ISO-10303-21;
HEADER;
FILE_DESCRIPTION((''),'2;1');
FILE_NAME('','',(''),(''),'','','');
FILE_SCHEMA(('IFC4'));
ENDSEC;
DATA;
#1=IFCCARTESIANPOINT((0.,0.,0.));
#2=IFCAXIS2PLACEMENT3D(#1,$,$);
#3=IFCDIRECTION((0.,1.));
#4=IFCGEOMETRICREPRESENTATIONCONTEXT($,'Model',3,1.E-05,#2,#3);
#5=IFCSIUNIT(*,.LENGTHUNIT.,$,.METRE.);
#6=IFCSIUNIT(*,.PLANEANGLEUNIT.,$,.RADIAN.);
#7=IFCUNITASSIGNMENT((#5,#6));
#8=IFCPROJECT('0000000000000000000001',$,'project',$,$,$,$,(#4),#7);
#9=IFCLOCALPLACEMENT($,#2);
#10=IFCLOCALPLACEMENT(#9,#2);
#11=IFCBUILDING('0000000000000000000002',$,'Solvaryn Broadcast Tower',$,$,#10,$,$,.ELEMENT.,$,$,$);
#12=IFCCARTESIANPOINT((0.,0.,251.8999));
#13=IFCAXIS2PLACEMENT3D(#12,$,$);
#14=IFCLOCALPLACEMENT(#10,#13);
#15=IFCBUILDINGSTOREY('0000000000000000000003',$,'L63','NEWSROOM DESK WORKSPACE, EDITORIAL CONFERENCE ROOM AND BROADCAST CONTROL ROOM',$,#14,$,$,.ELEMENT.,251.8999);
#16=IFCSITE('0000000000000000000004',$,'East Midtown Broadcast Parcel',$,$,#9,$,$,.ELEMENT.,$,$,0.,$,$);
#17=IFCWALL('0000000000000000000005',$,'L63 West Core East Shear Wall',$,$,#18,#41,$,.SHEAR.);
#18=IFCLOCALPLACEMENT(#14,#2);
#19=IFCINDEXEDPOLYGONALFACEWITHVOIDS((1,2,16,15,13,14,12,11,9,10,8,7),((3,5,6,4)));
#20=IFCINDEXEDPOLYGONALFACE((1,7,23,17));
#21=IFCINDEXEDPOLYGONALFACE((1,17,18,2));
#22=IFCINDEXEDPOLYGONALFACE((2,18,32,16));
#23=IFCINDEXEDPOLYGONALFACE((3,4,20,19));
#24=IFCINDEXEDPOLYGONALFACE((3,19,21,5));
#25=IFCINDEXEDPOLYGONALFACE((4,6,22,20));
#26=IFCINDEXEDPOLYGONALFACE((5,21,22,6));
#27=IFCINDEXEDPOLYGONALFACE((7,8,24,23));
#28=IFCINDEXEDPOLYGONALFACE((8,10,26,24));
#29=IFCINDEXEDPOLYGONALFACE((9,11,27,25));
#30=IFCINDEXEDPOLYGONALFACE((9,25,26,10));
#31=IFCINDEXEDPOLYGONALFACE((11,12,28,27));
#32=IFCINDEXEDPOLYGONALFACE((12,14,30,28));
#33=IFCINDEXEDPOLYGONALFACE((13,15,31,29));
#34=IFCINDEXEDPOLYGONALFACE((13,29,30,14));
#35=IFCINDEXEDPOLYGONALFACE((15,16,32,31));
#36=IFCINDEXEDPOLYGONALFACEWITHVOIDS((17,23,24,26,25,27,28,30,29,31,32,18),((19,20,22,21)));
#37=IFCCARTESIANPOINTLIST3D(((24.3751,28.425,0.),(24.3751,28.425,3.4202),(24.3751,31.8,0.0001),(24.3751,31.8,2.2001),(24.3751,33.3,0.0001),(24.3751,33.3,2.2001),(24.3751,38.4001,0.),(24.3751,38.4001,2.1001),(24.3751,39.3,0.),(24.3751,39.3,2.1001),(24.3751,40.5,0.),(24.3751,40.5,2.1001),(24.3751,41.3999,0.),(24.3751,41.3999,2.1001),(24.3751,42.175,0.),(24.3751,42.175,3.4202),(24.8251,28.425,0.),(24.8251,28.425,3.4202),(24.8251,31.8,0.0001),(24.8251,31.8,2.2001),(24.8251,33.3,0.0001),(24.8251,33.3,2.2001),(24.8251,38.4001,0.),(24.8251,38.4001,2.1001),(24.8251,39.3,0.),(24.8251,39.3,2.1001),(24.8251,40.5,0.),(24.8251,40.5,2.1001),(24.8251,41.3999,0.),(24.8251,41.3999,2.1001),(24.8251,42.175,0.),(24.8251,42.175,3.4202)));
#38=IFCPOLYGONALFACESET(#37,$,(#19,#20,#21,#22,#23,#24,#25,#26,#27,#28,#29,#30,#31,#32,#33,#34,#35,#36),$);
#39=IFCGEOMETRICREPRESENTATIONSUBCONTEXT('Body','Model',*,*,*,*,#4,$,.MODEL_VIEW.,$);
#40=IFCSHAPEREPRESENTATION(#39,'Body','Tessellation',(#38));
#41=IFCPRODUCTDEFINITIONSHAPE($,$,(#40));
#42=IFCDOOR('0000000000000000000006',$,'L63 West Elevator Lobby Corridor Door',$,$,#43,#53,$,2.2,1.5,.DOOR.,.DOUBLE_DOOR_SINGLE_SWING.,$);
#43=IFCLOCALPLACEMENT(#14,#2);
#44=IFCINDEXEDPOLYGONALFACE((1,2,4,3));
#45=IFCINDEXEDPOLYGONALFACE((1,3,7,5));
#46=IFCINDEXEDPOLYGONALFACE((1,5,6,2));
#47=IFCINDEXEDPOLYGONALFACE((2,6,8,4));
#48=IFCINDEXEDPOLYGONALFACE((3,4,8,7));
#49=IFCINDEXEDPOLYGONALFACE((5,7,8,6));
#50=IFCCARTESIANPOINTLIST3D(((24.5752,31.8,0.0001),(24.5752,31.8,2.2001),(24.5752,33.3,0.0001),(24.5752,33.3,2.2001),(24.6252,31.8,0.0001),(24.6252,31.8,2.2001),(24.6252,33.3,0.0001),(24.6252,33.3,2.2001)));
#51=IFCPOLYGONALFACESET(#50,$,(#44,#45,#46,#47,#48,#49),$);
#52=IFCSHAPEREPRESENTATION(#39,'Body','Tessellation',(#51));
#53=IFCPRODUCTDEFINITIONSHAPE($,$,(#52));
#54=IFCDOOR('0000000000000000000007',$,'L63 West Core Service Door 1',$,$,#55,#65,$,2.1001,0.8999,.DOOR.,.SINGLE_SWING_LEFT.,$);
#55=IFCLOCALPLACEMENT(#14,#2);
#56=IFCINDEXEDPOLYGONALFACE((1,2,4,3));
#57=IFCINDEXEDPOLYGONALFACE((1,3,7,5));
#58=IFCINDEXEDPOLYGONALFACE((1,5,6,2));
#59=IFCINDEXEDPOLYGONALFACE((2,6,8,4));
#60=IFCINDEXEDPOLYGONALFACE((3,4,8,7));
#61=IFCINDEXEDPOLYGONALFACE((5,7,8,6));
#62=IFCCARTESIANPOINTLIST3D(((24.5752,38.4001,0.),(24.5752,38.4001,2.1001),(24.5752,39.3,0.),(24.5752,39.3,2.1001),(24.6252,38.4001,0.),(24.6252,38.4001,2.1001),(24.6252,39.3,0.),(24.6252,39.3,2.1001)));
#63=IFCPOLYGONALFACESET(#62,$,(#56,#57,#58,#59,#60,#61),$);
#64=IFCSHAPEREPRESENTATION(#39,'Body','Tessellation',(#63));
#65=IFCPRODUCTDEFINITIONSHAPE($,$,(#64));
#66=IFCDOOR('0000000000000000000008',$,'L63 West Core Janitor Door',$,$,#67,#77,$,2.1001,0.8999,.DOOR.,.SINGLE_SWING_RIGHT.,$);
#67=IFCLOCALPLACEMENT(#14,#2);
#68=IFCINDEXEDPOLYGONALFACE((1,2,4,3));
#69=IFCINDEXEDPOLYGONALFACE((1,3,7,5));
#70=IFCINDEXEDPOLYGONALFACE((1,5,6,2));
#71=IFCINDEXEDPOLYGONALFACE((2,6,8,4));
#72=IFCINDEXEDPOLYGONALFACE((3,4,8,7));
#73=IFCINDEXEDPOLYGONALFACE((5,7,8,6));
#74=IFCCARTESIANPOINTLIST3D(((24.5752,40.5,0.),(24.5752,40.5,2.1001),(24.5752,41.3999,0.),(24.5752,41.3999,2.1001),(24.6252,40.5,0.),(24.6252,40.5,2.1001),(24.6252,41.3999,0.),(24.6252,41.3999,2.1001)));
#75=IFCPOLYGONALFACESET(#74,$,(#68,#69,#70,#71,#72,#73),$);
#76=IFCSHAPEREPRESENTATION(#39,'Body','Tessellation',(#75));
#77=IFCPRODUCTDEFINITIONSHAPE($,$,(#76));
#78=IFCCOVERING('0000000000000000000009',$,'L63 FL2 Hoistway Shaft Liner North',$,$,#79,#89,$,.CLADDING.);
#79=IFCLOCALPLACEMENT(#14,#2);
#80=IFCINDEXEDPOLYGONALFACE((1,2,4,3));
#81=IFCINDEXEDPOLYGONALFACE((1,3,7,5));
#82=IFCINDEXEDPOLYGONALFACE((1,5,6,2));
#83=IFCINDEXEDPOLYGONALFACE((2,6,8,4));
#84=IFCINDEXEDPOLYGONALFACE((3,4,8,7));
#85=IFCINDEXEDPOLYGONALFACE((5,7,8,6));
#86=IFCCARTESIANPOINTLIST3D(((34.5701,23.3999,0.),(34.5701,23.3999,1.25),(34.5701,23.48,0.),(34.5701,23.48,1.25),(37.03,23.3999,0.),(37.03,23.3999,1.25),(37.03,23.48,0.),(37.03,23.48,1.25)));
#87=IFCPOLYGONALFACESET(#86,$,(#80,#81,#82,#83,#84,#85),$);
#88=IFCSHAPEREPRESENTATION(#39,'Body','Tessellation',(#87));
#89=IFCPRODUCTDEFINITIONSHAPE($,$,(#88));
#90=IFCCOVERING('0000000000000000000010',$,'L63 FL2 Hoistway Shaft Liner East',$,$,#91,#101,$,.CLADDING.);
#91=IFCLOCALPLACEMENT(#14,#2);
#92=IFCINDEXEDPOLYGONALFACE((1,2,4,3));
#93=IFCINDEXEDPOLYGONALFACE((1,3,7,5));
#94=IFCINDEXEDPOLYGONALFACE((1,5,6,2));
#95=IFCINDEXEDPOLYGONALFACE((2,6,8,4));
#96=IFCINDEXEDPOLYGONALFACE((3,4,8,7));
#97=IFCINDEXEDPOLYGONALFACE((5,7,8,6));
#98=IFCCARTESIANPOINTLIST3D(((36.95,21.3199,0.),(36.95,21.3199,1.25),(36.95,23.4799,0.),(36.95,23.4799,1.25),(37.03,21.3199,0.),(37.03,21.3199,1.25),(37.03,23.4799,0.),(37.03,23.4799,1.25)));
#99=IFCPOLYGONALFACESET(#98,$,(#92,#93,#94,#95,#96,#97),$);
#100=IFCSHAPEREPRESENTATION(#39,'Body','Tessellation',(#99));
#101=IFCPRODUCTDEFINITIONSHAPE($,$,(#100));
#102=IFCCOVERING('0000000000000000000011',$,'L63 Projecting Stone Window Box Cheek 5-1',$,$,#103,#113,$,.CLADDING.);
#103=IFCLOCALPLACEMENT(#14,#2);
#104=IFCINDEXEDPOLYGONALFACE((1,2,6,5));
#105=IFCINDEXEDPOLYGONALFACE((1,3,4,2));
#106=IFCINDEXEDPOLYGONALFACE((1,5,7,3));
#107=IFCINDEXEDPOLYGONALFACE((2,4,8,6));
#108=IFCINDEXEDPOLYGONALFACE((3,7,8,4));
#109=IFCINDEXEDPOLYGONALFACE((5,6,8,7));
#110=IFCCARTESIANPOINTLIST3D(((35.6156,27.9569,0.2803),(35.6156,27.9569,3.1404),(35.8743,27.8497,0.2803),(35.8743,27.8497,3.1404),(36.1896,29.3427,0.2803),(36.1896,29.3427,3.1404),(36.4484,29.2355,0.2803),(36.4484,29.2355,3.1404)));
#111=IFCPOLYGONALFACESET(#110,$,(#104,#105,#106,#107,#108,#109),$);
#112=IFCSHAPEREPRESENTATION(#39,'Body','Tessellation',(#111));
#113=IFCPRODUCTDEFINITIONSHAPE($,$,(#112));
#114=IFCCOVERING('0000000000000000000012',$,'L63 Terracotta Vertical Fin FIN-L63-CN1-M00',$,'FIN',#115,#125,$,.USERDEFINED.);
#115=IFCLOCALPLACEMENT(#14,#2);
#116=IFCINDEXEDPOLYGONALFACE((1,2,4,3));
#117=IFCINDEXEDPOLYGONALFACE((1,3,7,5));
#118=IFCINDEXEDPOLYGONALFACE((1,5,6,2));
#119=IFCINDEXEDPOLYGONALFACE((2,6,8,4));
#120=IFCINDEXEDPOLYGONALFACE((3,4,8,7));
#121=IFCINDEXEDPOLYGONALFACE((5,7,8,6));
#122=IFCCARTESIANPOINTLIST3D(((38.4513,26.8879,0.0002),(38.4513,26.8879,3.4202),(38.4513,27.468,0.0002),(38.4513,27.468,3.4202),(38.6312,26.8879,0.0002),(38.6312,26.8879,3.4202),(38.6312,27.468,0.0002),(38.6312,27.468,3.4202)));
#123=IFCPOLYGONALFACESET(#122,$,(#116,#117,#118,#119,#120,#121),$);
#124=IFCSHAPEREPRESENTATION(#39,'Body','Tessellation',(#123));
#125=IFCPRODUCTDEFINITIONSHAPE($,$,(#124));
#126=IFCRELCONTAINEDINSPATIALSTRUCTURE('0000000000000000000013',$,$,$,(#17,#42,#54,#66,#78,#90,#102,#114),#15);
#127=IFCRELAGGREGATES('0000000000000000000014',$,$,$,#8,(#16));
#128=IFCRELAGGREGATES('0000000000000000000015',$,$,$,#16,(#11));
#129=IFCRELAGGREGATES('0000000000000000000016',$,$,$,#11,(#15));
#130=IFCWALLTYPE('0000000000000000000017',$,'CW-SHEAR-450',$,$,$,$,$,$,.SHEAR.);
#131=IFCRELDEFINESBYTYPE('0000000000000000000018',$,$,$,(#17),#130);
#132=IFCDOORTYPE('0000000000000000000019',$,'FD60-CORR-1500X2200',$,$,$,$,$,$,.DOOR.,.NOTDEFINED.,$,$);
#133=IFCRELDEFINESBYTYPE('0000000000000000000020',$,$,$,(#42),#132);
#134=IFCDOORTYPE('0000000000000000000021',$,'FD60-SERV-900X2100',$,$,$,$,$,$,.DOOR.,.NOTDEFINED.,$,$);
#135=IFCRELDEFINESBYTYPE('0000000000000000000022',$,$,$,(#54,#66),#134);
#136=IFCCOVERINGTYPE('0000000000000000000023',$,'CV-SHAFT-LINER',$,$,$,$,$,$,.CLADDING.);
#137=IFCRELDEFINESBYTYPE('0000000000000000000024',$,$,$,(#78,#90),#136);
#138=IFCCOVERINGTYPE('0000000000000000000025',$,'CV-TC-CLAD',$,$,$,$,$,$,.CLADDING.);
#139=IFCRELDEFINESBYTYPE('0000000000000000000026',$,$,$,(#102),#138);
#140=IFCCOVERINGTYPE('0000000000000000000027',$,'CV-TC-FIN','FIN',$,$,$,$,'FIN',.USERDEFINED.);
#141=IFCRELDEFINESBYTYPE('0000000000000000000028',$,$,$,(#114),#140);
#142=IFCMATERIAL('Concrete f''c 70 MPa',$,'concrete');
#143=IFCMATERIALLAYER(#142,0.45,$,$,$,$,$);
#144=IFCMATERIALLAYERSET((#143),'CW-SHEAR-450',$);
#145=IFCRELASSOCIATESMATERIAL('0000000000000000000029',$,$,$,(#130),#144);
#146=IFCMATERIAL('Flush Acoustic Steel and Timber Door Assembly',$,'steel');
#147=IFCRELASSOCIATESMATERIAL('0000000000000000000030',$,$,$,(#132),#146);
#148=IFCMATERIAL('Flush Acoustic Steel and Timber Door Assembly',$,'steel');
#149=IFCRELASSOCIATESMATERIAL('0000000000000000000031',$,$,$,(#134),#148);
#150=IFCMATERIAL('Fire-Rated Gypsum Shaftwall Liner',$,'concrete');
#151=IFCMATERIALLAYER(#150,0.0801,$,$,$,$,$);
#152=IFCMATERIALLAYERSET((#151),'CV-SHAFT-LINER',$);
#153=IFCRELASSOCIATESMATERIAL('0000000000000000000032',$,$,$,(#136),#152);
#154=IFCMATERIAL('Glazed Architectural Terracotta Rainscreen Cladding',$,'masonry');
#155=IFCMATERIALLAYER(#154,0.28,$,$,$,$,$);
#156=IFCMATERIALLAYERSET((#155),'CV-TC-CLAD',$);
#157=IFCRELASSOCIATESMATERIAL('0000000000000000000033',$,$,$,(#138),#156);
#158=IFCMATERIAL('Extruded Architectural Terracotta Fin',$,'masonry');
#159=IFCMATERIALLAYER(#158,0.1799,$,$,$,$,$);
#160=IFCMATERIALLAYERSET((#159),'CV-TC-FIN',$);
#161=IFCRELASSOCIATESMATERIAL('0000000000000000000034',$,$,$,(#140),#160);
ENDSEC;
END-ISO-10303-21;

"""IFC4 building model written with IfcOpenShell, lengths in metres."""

from ifc_helpers import new_model, si_unit, direction, frame, frame_2d, origin, origin_2d, place, context, subcontext, project, spatial, rectangle, extrude, material, layer, layer_set, type_object, element, fill, save


model = new_model("IFC4")

# Units and contexts
model_context = context("Model", 3, precision=1e-05, world=origin(), true_north=direction((0.0, 1.0)))
body_context = subcontext(model_context, "Body", "Model", "MODEL_VIEW")
ifc_project = project(units=[si_unit("LENGTHUNIT", "METRE"), si_unit("PLANEANGLEUNIT", "RADIAN")], contexts=[model_context])

# Site, building, storey
site_placement = place(None, origin())
site = spatial("IfcSite", under=ifc_project, at=site_placement, Name="East Midtown Broadcast Parcel", CompositionType="ELEMENT", RefElevation=0.0)
building_placement = place(site_placement, origin())
building = spatial("IfcBuilding", under=site, at=building_placement, Name="Solvaryn Broadcast Tower", CompositionType="ELEMENT")
storey_placement = place(building_placement, frame((0.0, 0.0, 251.8999)))
storey = spatial("IfcBuildingStorey", under=building, at=storey_placement, Name="L63", Description="NEWSROOM DESK WORKSPACE, EDITORIAL CONFERENCE ROOM AND BROADCAST CONTROL ROOM", CompositionType="ELEMENT", Elevation=251.8999)

# Wall, openings, doors
ifc_material_1 = material(Name="Concrete f'c 70 MPa", Category="concrete")
ifc_layer_1 = layer(ifc_material_1, 0.45)
ifc_layer_set_1 = layer_set([ifc_layer_1], Name="CW-SHEAR-450")
wall_type = type_object("IfcWallType", Name="CW-SHEAR-450", PredefinedType="SHEAR", material=ifc_layer_set_1)
wall_1_placement = place(storey_placement, frame((24.6001, 28.425, 0.0), z_axis=(0.0, 0.0, 1.0), x_axis=(0.0, 1.0, 0.0)))
wall_1 = element("IfcWall", 1, at=wall_1_placement, inside=storey, type_object=wall_type, Name="L63 West Core East Shear Wall", PredefinedType="SHEAR", context=body_context, shape_type="SweptSolid", body=[
    extrude(rectangle(XDim=13.75, YDim=0.45, at=frame_2d((6.875, 0.0))), origin(), (0.0, 0.0, 1.0), 3.4202),
])
opening_1_placement = place(wall_1_placement, frame((3.375, 0.0, 0.0)))
opening_1 = element("IfcOpeningElement", 2, at=opening_1_placement, cuts=wall_1, PredefinedType="OPENING", context=body_context, shape_type="SweptSolid", body=[
    extrude(rectangle(XDim=1.5, YDim=2.2, at=frame_2d((0.75, 1.1001))), frame((0.0, 0.2351, 0.0), z_axis=(0.0, -1.0, 0.0), x_axis=(1.0, 0.0, 0.0)), (0.0, 0.0, 1.0), 0.47),
])
opening_2_placement = place(wall_1_placement, frame((9.9751, 0.0, 0.0)))
opening_2 = element("IfcOpeningElement", 3, at=opening_2_placement, cuts=wall_1, PredefinedType="OPENING", context=body_context, shape_type="SweptSolid", body=[
    extrude(rectangle(XDim=0.8999, YDim=2.1001, at=frame_2d((0.45, 1.05))), frame((0.0, 0.2351, 0.0), z_axis=(0.0, -1.0, 0.0), x_axis=(1.0, 0.0, 0.0)), (0.0, 0.0, 1.0), 0.47),
])
opening_3_placement = place(wall_1_placement, frame((12.075, 0.0, 0.0)))
opening_3 = element("IfcOpeningElement", 4, at=opening_3_placement, cuts=wall_1, PredefinedType="OPENING", context=body_context, shape_type="SweptSolid", body=[
    extrude(rectangle(XDim=0.8999, YDim=2.1001, at=frame_2d((0.45, 1.05))), frame((0.0, 0.2351, 0.0), z_axis=(0.0, -1.0, 0.0), x_axis=(1.0, 0.0, 0.0)), (0.0, 0.0, 1.0), 0.47),
])
ifc_material_2 = material(Name="Flush Acoustic Steel and Timber Door Assembly", Category="steel")
door_type_1 = type_object("IfcDoorType", Name="FD60-CORR-1500X2200", OperationType="NOTDEFINED", PredefinedType="DOOR", material=ifc_material_2)
door_1_placement = place(opening_1_placement, origin())
door_1 = element("IfcDoor", 5, at=door_1_placement, inside=storey, type_object=door_type_1, Name="L63 West Elevator Lobby Corridor Door", OperationType="DOUBLE_DOOR_SINGLE_SWING", OverallHeight=2.2, OverallWidth=1.5, PredefinedType="DOOR", context=body_context, shape_type="SweptSolid", body=[
    extrude(rectangle(XDim=1.5, YDim=2.2, at=frame_2d((0.75, 1.1001))), frame((0.0, 0.0249, 0.0), z_axis=(0.0, -1.0, 0.0), x_axis=(1.0, 0.0, 0.0)), (0.0, 0.0, 1.0), 0.05),
])
fill(opening_1, door_1)
ifc_material_3 = material(Name="Flush Acoustic Steel and Timber Door Assembly", Category="steel")
door_type_2 = type_object("IfcDoorType", Name="FD60-SERV-900X2100", OperationType="NOTDEFINED", PredefinedType="DOOR", material=ifc_material_3)
door_2_placement = place(opening_2_placement, origin())
door_2 = element("IfcDoor", 6, at=door_2_placement, inside=storey, type_object=door_type_2, Name="L63 West Core Service Door 1", OperationType="SINGLE_SWING_LEFT", OverallHeight=2.1001, OverallWidth=0.8999, PredefinedType="DOOR", context=body_context, shape_type="SweptSolid", body=[
    extrude(rectangle(XDim=0.8999, YDim=2.1001, at=frame_2d((0.45, 1.05))), frame((0.0, 0.0249, 0.0), z_axis=(0.0, -1.0, 0.0), x_axis=(1.0, 0.0, 0.0)), (0.0, 0.0, 1.0), 0.05),
])
fill(opening_2, door_2)
door_3_placement = place(opening_3_placement, origin())
door_3 = element("IfcDoor", 7, at=door_3_placement, inside=storey, type_object=door_type_2, Name="L63 West Core Janitor Door", OperationType="SINGLE_SWING_RIGHT", OverallHeight=2.1001, OverallWidth=0.8999, PredefinedType="DOOR", context=body_context, shape_type="SweptSolid", body=[
    extrude(rectangle(XDim=0.8999, YDim=2.1001, at=frame_2d((0.45, 1.05))), frame((0.0, 0.0249, 0.0), z_axis=(0.0, -1.0, 0.0), x_axis=(1.0, 0.0, 0.0)), (0.0, 0.0, 1.0), 0.05),
])
fill(opening_3, door_3)

# Coverings
ifc_material_4 = material(Name="Fire-Rated Gypsum Shaftwall Liner", Category="concrete")
ifc_layer_2 = layer(ifc_material_4, 0.0801)
ifc_layer_set_2 = layer_set([ifc_layer_2], Name="CV-SHAFT-LINER")
covering_type_1 = type_object("IfcCoveringType", Name="CV-SHAFT-LINER", PredefinedType="CLADDING", material=ifc_layer_set_2)
covering_1_placement = place(storey_placement, frame((35.8, 23.4399, 0.0), z_axis=(0.0, 0.0, 1.0), x_axis=(1.0, 0.0, 0.0)))
element("IfcCovering", 8, at=covering_1_placement, inside=storey, type_object=covering_type_1, Name="L63 FL2 Hoistway Shaft Liner North", PredefinedType="CLADDING", context=body_context, shape_type="SweptSolid", body=[
    extrude(rectangle(XDim=2.46, YDim=0.0801, at=origin_2d()), origin(), (0.0, 0.0, 1.0), 1.25),
])
covering_2_placement = place(storey_placement, frame((36.99, 22.3999, 0.0), z_axis=(0.0, 0.0, 1.0), x_axis=(1.0, 0.0, 0.0)))
element("IfcCovering", 9, at=covering_2_placement, inside=storey, type_object=covering_type_1, Name="L63 FL2 Hoistway Shaft Liner East", PredefinedType="CLADDING", context=body_context, shape_type="SweptSolid", body=[
    extrude(rectangle(XDim=0.0801, YDim=2.1599, at=origin_2d()), origin(), (0.0, 0.0, 1.0), 1.25),
])
ifc_material_5 = material(Name="Glazed Architectural Terracotta Rainscreen Cladding", Category="masonry")
ifc_layer_3 = layer(ifc_material_5, 0.28)
ifc_layer_set_3 = layer_set([ifc_layer_3], Name="CV-TC-CLAD")
covering_type_2 = type_object("IfcCoveringType", Name="CV-TC-CLAD", PredefinedType="CLADDING", material=ifc_layer_set_3)
covering_3_placement = place(storey_placement, frame((36.032, 28.5962, 0.2803), z_axis=(0.0, 0.0, 1.0), x_axis=(-0.92388, 0.382683, 0.0)))
element("IfcCovering", 10, at=covering_3_placement, inside=storey, type_object=covering_type_2, Name="L63 Projecting Stone Window Box Cheek 5-1", PredefinedType="CLADDING", context=body_context, shape_type="SweptSolid", body=[
    extrude(rectangle(XDim=0.28, YDim=1.5, at=origin_2d()), origin(), (0.0, 0.0, 1.0), 2.8601),
])
ifc_material_6 = material(Name="Extruded Architectural Terracotta Fin", Category="masonry")
ifc_layer_4 = layer(ifc_material_6, 0.1799)
ifc_layer_set_4 = layer_set([ifc_layer_4], Name="CV-TC-FIN")
covering_type_3 = type_object("IfcCoveringType", Name="CV-TC-FIN", Description="FIN", ElementType="FIN", PredefinedType="USERDEFINED", material=ifc_layer_set_4)
covering_4_placement = place(storey_placement, frame((38.5413, 27.178, 0.0002), z_axis=(0.0, 0.0, 1.0), x_axis=(1.0, 0.0, 0.0)))
element("IfcCovering", 11, at=covering_4_placement, inside=storey, type_object=covering_type_3, Name="L63 Terracotta Vertical Fin FIN-L63-CN1-M00", ObjectType="FIN", PredefinedType="USERDEFINED", context=body_context, shape_type="SweptSolid", body=[
    extrude(rectangle(XDim=0.1799, YDim=0.5801, at=origin_2d()), origin(), (0.0, 0.0, 1.0), 3.4199),
])

save(model, "model.ifc")
